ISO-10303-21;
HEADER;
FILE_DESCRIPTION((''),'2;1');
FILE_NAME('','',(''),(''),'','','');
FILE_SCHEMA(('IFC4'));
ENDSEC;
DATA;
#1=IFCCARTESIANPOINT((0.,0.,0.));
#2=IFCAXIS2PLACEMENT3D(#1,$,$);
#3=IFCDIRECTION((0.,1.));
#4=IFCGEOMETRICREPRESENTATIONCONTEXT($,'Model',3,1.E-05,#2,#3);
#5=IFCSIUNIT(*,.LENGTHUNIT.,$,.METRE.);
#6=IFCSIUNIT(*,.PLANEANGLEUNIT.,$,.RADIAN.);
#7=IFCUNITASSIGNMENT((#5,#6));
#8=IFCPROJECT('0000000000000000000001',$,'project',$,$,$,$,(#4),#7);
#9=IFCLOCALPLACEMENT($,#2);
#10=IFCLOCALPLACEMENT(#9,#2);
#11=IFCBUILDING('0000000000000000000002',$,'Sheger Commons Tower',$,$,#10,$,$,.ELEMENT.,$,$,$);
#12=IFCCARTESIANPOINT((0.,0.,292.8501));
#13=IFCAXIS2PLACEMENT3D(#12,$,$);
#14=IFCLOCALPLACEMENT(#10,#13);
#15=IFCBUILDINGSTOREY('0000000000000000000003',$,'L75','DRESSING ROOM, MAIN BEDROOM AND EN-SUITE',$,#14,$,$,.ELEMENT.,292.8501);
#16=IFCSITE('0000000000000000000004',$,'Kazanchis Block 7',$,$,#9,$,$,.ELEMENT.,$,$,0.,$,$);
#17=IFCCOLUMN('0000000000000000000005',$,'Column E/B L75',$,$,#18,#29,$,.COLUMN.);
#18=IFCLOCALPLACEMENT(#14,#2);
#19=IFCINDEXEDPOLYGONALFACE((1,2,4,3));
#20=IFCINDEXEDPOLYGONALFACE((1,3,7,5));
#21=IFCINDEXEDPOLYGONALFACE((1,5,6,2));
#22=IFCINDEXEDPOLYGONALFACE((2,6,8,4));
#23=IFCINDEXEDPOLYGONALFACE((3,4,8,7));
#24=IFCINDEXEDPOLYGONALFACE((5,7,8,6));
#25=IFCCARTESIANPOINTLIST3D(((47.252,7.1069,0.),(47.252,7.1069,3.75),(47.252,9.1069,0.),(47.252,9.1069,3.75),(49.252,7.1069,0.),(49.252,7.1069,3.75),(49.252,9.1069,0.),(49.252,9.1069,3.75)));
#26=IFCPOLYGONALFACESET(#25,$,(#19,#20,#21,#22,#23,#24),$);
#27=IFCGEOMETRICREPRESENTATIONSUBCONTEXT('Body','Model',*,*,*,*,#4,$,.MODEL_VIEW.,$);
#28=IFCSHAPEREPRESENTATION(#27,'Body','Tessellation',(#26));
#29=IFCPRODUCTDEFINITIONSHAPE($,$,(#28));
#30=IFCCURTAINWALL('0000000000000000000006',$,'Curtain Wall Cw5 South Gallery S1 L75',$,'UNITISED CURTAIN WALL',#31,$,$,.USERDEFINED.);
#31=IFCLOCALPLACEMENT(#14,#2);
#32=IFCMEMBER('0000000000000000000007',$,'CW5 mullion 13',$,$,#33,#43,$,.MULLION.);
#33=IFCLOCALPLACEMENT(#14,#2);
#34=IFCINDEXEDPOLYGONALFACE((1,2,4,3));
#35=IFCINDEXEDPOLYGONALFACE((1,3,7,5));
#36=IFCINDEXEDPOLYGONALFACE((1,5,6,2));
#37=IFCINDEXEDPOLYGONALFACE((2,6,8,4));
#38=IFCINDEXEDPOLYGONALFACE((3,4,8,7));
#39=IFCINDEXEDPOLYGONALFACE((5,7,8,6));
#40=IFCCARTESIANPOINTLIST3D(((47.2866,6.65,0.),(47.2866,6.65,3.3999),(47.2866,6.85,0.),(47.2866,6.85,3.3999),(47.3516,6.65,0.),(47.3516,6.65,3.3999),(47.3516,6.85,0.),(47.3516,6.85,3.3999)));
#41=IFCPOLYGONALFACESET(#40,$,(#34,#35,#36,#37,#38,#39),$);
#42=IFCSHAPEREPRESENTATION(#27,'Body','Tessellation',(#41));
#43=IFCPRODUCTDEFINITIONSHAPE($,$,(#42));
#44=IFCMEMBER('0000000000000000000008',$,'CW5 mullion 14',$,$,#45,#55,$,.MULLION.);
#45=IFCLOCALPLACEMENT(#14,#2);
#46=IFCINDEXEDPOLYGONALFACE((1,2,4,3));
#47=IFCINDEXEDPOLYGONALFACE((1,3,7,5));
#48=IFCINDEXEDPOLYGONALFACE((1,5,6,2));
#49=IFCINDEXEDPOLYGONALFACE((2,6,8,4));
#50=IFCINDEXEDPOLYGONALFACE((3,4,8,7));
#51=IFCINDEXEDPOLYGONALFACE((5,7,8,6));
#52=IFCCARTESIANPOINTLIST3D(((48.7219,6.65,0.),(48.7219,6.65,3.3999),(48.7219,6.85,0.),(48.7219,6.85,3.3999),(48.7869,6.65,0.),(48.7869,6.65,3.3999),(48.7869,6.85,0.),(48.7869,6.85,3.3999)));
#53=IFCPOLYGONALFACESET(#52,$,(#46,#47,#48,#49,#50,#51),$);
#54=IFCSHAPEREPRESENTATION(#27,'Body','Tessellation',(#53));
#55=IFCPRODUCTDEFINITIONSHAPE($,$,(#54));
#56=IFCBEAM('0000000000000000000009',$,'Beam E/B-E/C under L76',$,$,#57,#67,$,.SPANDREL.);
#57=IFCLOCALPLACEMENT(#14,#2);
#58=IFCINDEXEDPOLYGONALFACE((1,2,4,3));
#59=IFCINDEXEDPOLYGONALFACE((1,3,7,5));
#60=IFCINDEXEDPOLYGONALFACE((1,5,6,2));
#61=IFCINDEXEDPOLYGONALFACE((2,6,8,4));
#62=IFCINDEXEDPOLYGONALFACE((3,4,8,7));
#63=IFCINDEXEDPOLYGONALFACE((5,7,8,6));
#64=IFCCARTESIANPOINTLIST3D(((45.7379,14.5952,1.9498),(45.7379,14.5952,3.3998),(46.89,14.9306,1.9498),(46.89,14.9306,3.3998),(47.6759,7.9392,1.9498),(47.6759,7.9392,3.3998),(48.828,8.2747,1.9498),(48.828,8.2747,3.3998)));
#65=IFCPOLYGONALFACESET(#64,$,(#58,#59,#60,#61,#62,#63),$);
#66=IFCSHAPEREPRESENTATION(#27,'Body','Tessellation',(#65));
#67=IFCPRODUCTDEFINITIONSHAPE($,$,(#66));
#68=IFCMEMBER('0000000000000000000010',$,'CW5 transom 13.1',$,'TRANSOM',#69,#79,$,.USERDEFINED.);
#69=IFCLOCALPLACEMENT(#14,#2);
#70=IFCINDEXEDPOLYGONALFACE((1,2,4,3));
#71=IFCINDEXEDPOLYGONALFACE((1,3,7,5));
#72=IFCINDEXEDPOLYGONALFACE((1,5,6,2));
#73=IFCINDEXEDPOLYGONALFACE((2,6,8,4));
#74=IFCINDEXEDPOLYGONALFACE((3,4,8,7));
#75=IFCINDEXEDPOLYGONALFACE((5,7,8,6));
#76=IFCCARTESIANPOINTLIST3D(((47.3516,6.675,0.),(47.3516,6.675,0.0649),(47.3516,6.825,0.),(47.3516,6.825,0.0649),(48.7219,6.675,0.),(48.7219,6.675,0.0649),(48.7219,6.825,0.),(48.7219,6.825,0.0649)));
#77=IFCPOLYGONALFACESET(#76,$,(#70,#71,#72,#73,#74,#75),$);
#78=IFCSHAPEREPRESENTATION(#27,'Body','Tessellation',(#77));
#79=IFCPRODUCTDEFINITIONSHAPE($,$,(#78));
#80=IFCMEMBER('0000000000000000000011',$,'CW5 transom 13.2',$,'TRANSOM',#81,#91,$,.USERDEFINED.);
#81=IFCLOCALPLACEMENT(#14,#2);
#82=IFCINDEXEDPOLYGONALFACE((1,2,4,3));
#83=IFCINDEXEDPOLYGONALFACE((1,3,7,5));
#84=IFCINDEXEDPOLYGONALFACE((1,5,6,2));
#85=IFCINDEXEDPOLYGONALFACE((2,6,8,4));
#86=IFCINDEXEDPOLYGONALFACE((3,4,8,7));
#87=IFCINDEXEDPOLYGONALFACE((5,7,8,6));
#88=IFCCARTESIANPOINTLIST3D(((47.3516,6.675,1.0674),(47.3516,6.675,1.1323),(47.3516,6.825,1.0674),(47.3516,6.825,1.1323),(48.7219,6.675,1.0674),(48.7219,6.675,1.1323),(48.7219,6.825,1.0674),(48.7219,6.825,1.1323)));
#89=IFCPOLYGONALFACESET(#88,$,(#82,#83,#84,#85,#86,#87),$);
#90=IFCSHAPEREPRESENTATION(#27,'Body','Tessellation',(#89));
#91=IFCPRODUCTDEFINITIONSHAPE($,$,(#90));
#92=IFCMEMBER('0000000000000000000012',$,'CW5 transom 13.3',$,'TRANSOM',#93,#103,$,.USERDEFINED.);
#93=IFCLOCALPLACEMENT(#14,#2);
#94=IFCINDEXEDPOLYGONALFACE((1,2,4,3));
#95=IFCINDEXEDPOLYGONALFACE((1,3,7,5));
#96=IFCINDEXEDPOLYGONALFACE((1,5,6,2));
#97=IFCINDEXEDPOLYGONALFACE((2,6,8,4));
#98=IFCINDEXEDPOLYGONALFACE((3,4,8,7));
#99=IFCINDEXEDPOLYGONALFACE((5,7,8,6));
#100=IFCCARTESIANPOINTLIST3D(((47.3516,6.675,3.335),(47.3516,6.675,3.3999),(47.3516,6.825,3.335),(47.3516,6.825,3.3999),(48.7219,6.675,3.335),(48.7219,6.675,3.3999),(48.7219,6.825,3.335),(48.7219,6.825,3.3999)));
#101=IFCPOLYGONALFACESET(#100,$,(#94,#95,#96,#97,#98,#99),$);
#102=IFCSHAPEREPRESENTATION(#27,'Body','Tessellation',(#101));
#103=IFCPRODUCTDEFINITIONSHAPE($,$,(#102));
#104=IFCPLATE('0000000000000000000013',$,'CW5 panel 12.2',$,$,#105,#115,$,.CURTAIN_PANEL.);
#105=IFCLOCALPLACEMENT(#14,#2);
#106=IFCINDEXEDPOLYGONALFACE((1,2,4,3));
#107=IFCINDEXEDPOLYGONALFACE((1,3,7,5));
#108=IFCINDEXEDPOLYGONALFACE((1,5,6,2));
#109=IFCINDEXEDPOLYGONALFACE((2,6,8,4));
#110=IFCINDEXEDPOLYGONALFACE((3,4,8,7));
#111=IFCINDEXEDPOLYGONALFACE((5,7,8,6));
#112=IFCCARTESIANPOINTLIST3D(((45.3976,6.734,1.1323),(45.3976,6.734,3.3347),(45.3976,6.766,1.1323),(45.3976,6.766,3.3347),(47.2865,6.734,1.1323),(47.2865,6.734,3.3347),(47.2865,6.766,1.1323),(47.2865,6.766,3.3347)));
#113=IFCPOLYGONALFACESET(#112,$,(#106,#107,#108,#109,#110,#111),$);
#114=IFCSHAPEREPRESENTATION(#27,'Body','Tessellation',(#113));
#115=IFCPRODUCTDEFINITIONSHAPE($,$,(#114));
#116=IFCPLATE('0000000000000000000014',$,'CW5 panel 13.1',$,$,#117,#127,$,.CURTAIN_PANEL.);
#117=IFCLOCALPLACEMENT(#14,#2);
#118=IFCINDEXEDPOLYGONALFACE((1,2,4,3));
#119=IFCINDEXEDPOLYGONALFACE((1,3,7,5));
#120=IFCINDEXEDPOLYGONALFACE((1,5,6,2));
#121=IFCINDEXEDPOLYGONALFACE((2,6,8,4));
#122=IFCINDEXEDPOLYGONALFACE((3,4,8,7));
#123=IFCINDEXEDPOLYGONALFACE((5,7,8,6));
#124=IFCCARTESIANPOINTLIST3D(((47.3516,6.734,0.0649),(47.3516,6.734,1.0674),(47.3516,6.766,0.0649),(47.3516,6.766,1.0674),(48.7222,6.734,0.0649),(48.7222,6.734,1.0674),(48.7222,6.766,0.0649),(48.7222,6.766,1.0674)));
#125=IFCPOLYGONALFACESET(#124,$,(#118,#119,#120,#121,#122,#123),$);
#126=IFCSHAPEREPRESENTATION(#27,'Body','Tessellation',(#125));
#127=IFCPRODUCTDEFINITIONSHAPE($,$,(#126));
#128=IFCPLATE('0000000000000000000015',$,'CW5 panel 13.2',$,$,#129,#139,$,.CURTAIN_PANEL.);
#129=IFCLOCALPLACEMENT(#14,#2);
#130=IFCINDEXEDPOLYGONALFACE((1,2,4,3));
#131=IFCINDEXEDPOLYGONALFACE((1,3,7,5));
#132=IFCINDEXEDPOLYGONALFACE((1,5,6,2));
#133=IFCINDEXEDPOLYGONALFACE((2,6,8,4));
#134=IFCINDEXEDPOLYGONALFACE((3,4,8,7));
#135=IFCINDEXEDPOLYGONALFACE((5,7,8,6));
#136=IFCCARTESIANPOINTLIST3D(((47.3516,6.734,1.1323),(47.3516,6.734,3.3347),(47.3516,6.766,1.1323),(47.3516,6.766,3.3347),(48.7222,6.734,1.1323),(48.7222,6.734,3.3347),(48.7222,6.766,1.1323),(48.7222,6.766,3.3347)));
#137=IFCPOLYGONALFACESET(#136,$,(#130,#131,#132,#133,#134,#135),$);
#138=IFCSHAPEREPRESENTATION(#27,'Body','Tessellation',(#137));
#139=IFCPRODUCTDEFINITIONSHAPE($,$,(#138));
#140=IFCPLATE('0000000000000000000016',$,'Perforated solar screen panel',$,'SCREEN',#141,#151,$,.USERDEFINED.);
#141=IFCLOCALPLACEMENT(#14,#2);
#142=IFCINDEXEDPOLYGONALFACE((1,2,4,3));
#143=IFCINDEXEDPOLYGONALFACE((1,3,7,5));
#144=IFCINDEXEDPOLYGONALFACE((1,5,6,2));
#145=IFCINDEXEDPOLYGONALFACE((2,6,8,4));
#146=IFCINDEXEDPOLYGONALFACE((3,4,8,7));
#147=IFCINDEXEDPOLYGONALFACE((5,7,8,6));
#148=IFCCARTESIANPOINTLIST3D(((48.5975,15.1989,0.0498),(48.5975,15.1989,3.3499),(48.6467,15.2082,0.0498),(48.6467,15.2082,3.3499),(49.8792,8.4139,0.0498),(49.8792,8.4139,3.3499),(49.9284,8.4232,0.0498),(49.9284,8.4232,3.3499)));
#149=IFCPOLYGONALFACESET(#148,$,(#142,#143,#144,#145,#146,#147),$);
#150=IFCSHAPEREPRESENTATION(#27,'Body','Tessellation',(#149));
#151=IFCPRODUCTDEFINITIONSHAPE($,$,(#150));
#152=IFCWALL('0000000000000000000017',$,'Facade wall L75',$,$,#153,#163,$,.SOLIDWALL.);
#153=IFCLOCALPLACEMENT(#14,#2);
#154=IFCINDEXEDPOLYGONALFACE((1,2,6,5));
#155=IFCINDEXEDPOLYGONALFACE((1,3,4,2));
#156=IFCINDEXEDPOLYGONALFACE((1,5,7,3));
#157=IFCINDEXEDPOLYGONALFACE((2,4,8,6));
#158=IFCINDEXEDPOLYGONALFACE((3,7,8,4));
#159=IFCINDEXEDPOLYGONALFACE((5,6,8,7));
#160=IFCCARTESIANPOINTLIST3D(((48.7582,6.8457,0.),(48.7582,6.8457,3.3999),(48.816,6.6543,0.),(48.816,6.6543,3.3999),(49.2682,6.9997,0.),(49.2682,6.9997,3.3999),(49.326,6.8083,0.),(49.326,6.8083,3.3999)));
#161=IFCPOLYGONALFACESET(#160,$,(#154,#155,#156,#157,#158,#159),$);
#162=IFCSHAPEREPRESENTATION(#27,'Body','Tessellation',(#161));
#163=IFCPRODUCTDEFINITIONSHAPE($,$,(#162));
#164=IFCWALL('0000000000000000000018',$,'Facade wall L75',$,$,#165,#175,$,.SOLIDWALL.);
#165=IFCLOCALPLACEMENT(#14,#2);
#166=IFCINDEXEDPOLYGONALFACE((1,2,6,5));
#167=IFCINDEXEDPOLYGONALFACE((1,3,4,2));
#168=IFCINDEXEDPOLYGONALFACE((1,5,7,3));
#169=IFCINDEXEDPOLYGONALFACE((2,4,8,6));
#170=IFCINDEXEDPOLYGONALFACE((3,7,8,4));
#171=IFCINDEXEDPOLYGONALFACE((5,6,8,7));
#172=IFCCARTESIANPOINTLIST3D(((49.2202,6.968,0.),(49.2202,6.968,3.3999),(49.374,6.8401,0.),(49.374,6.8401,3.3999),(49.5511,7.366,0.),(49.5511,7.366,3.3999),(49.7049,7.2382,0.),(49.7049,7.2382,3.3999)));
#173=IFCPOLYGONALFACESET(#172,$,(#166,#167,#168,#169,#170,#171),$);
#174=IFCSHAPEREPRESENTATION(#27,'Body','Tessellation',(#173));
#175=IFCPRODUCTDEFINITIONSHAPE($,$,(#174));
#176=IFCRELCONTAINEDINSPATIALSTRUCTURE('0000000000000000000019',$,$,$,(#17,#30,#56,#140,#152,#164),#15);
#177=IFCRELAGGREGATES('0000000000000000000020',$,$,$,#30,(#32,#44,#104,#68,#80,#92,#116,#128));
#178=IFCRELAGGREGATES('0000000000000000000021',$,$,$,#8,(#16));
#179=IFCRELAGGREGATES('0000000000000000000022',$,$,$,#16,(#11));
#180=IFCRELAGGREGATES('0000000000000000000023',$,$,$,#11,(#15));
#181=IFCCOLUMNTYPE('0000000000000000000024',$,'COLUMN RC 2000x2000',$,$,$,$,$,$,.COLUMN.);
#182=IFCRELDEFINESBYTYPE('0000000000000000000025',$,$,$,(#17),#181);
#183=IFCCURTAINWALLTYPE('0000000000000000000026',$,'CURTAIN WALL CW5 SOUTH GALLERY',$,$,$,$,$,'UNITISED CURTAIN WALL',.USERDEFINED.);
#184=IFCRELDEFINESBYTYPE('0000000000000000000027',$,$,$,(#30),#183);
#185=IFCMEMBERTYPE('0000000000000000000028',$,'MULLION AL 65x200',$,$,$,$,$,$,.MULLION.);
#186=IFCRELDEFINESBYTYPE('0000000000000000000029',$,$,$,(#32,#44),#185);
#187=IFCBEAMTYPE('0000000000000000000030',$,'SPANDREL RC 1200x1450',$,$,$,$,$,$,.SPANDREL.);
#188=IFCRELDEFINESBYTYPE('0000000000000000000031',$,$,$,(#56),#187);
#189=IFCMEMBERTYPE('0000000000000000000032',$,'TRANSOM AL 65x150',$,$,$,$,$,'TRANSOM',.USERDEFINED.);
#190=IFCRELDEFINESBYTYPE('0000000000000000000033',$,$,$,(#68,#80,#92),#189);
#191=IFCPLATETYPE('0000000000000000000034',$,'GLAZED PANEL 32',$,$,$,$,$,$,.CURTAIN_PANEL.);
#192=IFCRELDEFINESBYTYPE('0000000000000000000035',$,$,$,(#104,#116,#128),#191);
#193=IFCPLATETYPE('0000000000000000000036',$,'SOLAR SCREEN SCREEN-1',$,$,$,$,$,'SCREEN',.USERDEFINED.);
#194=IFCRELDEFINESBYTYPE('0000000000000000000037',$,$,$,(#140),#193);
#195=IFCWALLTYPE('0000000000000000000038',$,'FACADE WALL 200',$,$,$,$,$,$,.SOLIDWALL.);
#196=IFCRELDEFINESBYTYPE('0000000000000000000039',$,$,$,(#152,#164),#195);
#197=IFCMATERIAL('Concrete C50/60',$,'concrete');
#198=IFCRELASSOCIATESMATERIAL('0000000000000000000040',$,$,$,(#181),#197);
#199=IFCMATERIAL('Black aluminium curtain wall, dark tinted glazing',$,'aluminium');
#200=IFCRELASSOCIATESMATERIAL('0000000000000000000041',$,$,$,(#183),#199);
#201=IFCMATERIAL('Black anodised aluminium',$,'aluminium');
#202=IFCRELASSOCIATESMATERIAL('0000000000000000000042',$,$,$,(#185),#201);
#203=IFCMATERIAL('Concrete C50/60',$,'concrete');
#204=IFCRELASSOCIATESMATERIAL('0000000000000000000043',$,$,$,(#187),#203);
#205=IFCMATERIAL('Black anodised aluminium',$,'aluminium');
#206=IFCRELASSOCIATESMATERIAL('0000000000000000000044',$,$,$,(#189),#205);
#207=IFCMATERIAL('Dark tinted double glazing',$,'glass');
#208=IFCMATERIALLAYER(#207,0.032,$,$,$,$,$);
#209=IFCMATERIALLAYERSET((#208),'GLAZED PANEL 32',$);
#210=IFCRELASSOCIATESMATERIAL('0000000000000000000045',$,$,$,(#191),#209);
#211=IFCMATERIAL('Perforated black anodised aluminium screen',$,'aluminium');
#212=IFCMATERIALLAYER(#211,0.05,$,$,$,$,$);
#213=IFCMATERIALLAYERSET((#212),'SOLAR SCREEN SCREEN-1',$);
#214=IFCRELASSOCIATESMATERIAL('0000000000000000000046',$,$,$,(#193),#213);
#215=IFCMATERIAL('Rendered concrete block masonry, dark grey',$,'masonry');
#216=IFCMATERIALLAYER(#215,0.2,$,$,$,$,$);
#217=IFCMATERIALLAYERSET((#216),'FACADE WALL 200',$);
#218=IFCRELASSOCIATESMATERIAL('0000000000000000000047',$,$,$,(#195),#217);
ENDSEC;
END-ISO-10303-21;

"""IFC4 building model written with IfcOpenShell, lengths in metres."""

from ifc_helpers import new_model, si_unit, direction, frame, frame_2d, origin, origin_2d, place, context, subcontext, project, spatial, rectangle, extrude, material, layer, layer_set, material_profile, profile_set, type_object, element, aggregate, save


model = new_model("IFC4")

# Units and contexts
model_context = context("Model", 3, precision=1e-05, world=origin(), true_north=direction((0.0, 1.0)))
body_context = subcontext(model_context, "Body", "Model", "MODEL_VIEW")
ifc_project = project(units=[si_unit("LENGTHUNIT", "METRE"), si_unit("PLANEANGLEUNIT", "RADIAN")], contexts=[model_context])

# Site, building, storey
site_placement = place(None, origin())
site = spatial("IfcSite", under=ifc_project, at=site_placement, Name="Kazanchis Block 7", CompositionType="ELEMENT", RefElevation=0.0)
building_placement = place(site_placement, origin())
building = spatial("IfcBuilding", under=site, at=building_placement, Name="Sheger Commons Tower", CompositionType="ELEMENT")
storey_placement = place(building_placement, frame((0.0, 0.0, 292.8501)))
storey = spatial("IfcBuildingStorey", under=building, at=storey_placement, Name="L75", Description="DRESSING ROOM, MAIN BEDROOM AND EN-SUITE", CompositionType="ELEMENT", Elevation=292.8501)

# Column
ifc_material_1 = material(Name="Concrete C50/60", Category="concrete")
ifc_material_profile_1 = material_profile(ifc_material_1, rectangle(XDim=2.0, YDim=2.0, at=origin_2d()), Name="RC 2000x2000")
ifc_profile_set_1 = profile_set([ifc_material_profile_1], Name="Concrete C50/60")
column_type = type_object("IfcColumnType", Name="COLUMN RC 2000x2000", PredefinedType="COLUMN", material=ifc_profile_set_1)
column_placement = place(storey_placement, frame((48.252, 8.1069, 0.0), z_axis=(0.0, 0.0, 1.0), x_axis=(1.0, 0.0, 0.0)))
element("IfcColumn", 1, at=column_placement, inside=storey, type_object=column_type, Name="Column E/B L75", PredefinedType="COLUMN", context=body_context, shape_type="SweptSolid", body=[
    extrude(rectangle(XDim=2.0, YDim=2.0, at=origin_2d()), origin(), (0.0, 0.0, 1.0), 3.75),
])

# Curtain wall, members
ifc_material_2 = material(Name="Black aluminium curtain wall, dark tinted glazing", Category="aluminium")
curtain_wall_type = type_object("IfcCurtainWallType", Name="CURTAIN WALL CW5 SOUTH GALLERY", ElementType="UNITISED CURTAIN WALL", PredefinedType="USERDEFINED", material=ifc_material_2)
curtain_wall_placement = place(storey_placement, origin())
curtain_wall = element("IfcCurtainWall", 2, at=curtain_wall_placement, inside=storey, type_object=curtain_wall_type, Name="Curtain Wall Cw5 South Gallery S1 L75", ObjectType="UNITISED CURTAIN WALL", PredefinedType="USERDEFINED")
ifc_material_3 = material(Name="Black anodised aluminium", Category="aluminium")
ifc_material_profile_2 = material_profile(ifc_material_3, rectangle(XDim=0.2, YDim=0.0649, at=origin_2d()), Name="AL 65x200")
ifc_profile_set_2 = profile_set([ifc_material_profile_2], Name="Black anodised aluminium")
member_type_1 = type_object("IfcMemberType", Name="MULLION AL 65x200", PredefinedType="MULLION", material=ifc_profile_set_2)
member_1_placement = place(storey_placement, frame((47.3191, 6.75, 0.0), z_axis=(0.0, 0.0, 1.0), x_axis=(0.0, 1.0, 0.0)))
member_1 = element("IfcMember", 3, at=member_1_placement, type_object=member_type_1, Name="CW5 mullion 13", PredefinedType="MULLION", context=body_context, shape_type="SweptSolid", body=[
    extrude(rectangle(XDim=0.2, YDim=0.0649, at=origin_2d()), origin(), (0.0, 0.0, 1.0), 3.3999),
])
member_2_placement = place(storey_placement, frame((48.7544, 6.75, 0.0), z_axis=(0.0, 0.0, 1.0), x_axis=(0.0, 1.0, 0.0)))
member_2 = element("IfcMember", 4, at=member_2_placement, type_object=member_type_1, Name="CW5 mullion 14", PredefinedType="MULLION", context=body_context, shape_type="SweptSolid", body=[
    extrude(rectangle(XDim=0.2, YDim=0.0649, at=origin_2d()), origin(), (0.0, 0.0, 1.0), 3.3999),
])

# Beam
ifc_material_4 = material(Name="Concrete C50/60", Category="concrete")
ifc_material_profile_3 = material_profile(ifc_material_4, rectangle(XDim=1.2, YDim=1.45, at=origin_2d()), Name="RC 1200x1450")
ifc_profile_set_3 = profile_set([ifc_material_profile_3], Name="Concrete C50/60")
beam_type = type_object("IfcBeamType", Name="SPANDREL RC 1200x1450", PredefinedType="SPANDREL", material=ifc_profile_set_3)
beam_placement = place(storey_placement, frame((48.252, 8.1069, 2.6748), z_axis=(-0.279555, 0.96013, 0.0), x_axis=(-0.96013, -0.279555, 0.0)))
element("IfcBeam", 5, at=beam_placement, inside=storey, type_object=beam_type, Name="Beam E/B-E/C under L76", PredefinedType="SPANDREL", context=body_context, shape_type="SweptSolid", body=[
    extrude(rectangle(XDim=1.2, YDim=1.45, at=origin_2d()), origin(), (0.0, 0.0, 1.0), 6.9324),
])

# Members
ifc_material_5 = material(Name="Black anodised aluminium", Category="aluminium")
ifc_material_profile_4 = material_profile(ifc_material_5, rectangle(XDim=0.1499, YDim=0.0649, at=origin_2d()), Name="AL 65x150")
ifc_profile_set_4 = profile_set([ifc_material_profile_4], Name="Black anodised aluminium")
member_type_2 = type_object("IfcMemberType", Name="TRANSOM AL 65x150", ElementType="TRANSOM", PredefinedType="USERDEFINED", material=ifc_profile_set_4)
member_3_placement = place(storey_placement, frame((47.3516, 6.75, 0.0325), z_axis=(1.0, 0.0, 0.0), x_axis=(0.0, 1.0, 0.0)))
member_3 = element("IfcMember", 6, at=member_3_placement, type_object=member_type_2, Name="CW5 transom 13.1", ObjectType="TRANSOM", PredefinedType="USERDEFINED", context=body_context, shape_type="SweptSolid", body=[
    extrude(rectangle(XDim=0.1499, YDim=0.0649, at=origin_2d()), origin(), (0.0, 0.0, 1.0), 1.3704),
])
member_4_placement = place(storey_placement, frame((47.3516, 6.75, 1.0999), z_axis=(1.0, 0.0, 0.0), x_axis=(0.0, 1.0, 0.0)))
member_4 = element("IfcMember", 7, at=member_4_placement, type_object=member_type_2, Name="CW5 transom 13.2", ObjectType="TRANSOM", PredefinedType="USERDEFINED", context=body_context, shape_type="SweptSolid", body=[
    extrude(rectangle(XDim=0.1499, YDim=0.0649, at=origin_2d()), origin(), (0.0, 0.0, 1.0), 1.3704),
])
member_5_placement = place(storey_placement, frame((47.3516, 6.75, 3.3674), z_axis=(1.0, 0.0, 0.0), x_axis=(0.0, 1.0, 0.0)))
member_5 = element("IfcMember", 8, at=member_5_placement, type_object=member_type_2, Name="CW5 transom 13.3", ObjectType="TRANSOM", PredefinedType="USERDEFINED", context=body_context, shape_type="SweptSolid", body=[
    extrude(rectangle(XDim=0.1499, YDim=0.0649, at=origin_2d()), origin(), (0.0, 0.0, 1.0), 1.3704),
])

# Plates
ifc_material_6 = material(Name="Dark tinted double glazing", Category="glass")
ifc_layer_1 = layer(ifc_material_6, 0.032)
ifc_layer_set_1 = layer_set([ifc_layer_1], Name="GLAZED PANEL 32")
plate_type_1 = type_object("IfcPlateType", Name="GLAZED PANEL 32", PredefinedType="CURTAIN_PANEL", material=ifc_layer_set_1)
plate_1_placement = place(storey_placement, frame((46.342, 6.75, 1.1323), z_axis=(0.0, 0.0, 1.0), x_axis=(1.0, 0.0, 0.0)))
plate_1 = element("IfcPlate", 9, at=plate_1_placement, type_object=plate_type_1, Name="CW5 panel 12.2", PredefinedType="CURTAIN_PANEL", context=body_context, shape_type="SweptSolid", body=[
    extrude(rectangle(XDim=1.8889, YDim=0.032, at=origin_2d()), origin(), (0.0, 0.0, 1.0), 2.2024),
])
plate_2_placement = place(storey_placement, frame((48.0369, 6.75, 0.0649), z_axis=(0.0, 0.0, 1.0), x_axis=(1.0, 0.0, 0.0)))
plate_2 = element("IfcPlate", 10, at=plate_2_placement, type_object=plate_type_1, Name="CW5 panel 13.1", PredefinedType="CURTAIN_PANEL", context=body_context, shape_type="SweptSolid", body=[
    extrude(rectangle(XDim=1.3706, YDim=0.032, at=origin_2d()), origin(), (0.0, 0.0, 1.0), 1.0024),
])
plate_3_placement = place(storey_placement, frame((48.0369, 6.75, 1.1323), z_axis=(0.0, 0.0, 1.0), x_axis=(1.0, 0.0, 0.0)))
plate_3 = element("IfcPlate", 11, at=plate_3_placement, type_object=plate_type_1, Name="CW5 panel 13.2", PredefinedType="CURTAIN_PANEL", context=body_context, shape_type="SweptSolid", body=[
    extrude(rectangle(XDim=1.3706, YDim=0.032, at=origin_2d()), origin(), (0.0, 0.0, 1.0), 2.2024),
])
aggregate(curtain_wall, [member_1, member_2, plate_1, member_3, member_4, member_5, plate_2, plate_3])
ifc_material_7 = material(Name="Perforated black anodised aluminium screen", Category="aluminium")
ifc_layer_2 = layer(ifc_material_7, 0.05)
ifc_layer_set_2 = layer_set([ifc_layer_2], Name="SOLAR SCREEN SCREEN-1")
plate_type_2 = type_object("IfcPlateType", Name="SOLAR SCREEN SCREEN-1", ElementType="SCREEN", PredefinedType="USERDEFINED", material=ifc_layer_set_2)
plate_4_placement = place(storey_placement, frame((49.2629, 11.811, 0.0498), z_axis=(0.0, 0.0, 1.0), x_axis=(-0.185615, 0.982623, 0.0)))
element("IfcPlate", 12, at=plate_4_placement, inside=storey, type_object=plate_type_2, Name="Perforated solar screen panel", ObjectType="SCREEN", PredefinedType="USERDEFINED", context=body_context, shape_type="SweptSolid", body=[
    extrude(rectangle(XDim=6.905, YDim=0.05, at=origin_2d()), origin(), (0.0, 0.0, 1.0), 3.3),
])

# Walls
ifc_material_8 = material(Name="Rendered concrete block masonry, dark grey", Category="masonry")
ifc_layer_3 = layer(ifc_material_8, 0.2)
ifc_layer_set_3 = layer_set([ifc_layer_3], Name="FACADE WALL 200")
wall_type_1 = type_object("IfcWallType", Name="FACADE WALL 200", PredefinedType="SOLIDWALL", material=ifc_layer_set_3)
wall_1_placement = place(storey_placement, frame((48.7871, 6.75, 0.0), z_axis=(0.0, 0.0, 1.0), x_axis=(0.957282, 0.289155, 0.0)))
element("IfcWall", 13, at=wall_1_placement, inside=storey, type_object=wall_type_1, Name="Facade wall L75", PredefinedType="SOLIDWALL", context=body_context, shape_type="SweptSolid", body=[
    extrude(rectangle(XDim=0.5327, YDim=0.2, at=frame_2d((0.2664, 0.0))), origin(), (0.0, 0.0, 1.0), 3.3999),
])
wall_2_placement = place(storey_placement, frame((49.2971, 6.9041, 0.0), z_axis=(0.0, 0.0, 1.0), x_axis=(0.639256, 0.768994, 0.0)))
element("IfcWall", 14, at=wall_2_placement, inside=storey, type_object=wall_type_1, Name="Facade wall L75", PredefinedType="SOLIDWALL", context=body_context, shape_type="SweptSolid", body=[
    extrude(rectangle(XDim=0.5176, YDim=0.2, at=frame_2d((0.2588, 0.0))), origin(), (0.0, 0.0, 1.0), 3.3999),
])

save(model, "model.ifc")
